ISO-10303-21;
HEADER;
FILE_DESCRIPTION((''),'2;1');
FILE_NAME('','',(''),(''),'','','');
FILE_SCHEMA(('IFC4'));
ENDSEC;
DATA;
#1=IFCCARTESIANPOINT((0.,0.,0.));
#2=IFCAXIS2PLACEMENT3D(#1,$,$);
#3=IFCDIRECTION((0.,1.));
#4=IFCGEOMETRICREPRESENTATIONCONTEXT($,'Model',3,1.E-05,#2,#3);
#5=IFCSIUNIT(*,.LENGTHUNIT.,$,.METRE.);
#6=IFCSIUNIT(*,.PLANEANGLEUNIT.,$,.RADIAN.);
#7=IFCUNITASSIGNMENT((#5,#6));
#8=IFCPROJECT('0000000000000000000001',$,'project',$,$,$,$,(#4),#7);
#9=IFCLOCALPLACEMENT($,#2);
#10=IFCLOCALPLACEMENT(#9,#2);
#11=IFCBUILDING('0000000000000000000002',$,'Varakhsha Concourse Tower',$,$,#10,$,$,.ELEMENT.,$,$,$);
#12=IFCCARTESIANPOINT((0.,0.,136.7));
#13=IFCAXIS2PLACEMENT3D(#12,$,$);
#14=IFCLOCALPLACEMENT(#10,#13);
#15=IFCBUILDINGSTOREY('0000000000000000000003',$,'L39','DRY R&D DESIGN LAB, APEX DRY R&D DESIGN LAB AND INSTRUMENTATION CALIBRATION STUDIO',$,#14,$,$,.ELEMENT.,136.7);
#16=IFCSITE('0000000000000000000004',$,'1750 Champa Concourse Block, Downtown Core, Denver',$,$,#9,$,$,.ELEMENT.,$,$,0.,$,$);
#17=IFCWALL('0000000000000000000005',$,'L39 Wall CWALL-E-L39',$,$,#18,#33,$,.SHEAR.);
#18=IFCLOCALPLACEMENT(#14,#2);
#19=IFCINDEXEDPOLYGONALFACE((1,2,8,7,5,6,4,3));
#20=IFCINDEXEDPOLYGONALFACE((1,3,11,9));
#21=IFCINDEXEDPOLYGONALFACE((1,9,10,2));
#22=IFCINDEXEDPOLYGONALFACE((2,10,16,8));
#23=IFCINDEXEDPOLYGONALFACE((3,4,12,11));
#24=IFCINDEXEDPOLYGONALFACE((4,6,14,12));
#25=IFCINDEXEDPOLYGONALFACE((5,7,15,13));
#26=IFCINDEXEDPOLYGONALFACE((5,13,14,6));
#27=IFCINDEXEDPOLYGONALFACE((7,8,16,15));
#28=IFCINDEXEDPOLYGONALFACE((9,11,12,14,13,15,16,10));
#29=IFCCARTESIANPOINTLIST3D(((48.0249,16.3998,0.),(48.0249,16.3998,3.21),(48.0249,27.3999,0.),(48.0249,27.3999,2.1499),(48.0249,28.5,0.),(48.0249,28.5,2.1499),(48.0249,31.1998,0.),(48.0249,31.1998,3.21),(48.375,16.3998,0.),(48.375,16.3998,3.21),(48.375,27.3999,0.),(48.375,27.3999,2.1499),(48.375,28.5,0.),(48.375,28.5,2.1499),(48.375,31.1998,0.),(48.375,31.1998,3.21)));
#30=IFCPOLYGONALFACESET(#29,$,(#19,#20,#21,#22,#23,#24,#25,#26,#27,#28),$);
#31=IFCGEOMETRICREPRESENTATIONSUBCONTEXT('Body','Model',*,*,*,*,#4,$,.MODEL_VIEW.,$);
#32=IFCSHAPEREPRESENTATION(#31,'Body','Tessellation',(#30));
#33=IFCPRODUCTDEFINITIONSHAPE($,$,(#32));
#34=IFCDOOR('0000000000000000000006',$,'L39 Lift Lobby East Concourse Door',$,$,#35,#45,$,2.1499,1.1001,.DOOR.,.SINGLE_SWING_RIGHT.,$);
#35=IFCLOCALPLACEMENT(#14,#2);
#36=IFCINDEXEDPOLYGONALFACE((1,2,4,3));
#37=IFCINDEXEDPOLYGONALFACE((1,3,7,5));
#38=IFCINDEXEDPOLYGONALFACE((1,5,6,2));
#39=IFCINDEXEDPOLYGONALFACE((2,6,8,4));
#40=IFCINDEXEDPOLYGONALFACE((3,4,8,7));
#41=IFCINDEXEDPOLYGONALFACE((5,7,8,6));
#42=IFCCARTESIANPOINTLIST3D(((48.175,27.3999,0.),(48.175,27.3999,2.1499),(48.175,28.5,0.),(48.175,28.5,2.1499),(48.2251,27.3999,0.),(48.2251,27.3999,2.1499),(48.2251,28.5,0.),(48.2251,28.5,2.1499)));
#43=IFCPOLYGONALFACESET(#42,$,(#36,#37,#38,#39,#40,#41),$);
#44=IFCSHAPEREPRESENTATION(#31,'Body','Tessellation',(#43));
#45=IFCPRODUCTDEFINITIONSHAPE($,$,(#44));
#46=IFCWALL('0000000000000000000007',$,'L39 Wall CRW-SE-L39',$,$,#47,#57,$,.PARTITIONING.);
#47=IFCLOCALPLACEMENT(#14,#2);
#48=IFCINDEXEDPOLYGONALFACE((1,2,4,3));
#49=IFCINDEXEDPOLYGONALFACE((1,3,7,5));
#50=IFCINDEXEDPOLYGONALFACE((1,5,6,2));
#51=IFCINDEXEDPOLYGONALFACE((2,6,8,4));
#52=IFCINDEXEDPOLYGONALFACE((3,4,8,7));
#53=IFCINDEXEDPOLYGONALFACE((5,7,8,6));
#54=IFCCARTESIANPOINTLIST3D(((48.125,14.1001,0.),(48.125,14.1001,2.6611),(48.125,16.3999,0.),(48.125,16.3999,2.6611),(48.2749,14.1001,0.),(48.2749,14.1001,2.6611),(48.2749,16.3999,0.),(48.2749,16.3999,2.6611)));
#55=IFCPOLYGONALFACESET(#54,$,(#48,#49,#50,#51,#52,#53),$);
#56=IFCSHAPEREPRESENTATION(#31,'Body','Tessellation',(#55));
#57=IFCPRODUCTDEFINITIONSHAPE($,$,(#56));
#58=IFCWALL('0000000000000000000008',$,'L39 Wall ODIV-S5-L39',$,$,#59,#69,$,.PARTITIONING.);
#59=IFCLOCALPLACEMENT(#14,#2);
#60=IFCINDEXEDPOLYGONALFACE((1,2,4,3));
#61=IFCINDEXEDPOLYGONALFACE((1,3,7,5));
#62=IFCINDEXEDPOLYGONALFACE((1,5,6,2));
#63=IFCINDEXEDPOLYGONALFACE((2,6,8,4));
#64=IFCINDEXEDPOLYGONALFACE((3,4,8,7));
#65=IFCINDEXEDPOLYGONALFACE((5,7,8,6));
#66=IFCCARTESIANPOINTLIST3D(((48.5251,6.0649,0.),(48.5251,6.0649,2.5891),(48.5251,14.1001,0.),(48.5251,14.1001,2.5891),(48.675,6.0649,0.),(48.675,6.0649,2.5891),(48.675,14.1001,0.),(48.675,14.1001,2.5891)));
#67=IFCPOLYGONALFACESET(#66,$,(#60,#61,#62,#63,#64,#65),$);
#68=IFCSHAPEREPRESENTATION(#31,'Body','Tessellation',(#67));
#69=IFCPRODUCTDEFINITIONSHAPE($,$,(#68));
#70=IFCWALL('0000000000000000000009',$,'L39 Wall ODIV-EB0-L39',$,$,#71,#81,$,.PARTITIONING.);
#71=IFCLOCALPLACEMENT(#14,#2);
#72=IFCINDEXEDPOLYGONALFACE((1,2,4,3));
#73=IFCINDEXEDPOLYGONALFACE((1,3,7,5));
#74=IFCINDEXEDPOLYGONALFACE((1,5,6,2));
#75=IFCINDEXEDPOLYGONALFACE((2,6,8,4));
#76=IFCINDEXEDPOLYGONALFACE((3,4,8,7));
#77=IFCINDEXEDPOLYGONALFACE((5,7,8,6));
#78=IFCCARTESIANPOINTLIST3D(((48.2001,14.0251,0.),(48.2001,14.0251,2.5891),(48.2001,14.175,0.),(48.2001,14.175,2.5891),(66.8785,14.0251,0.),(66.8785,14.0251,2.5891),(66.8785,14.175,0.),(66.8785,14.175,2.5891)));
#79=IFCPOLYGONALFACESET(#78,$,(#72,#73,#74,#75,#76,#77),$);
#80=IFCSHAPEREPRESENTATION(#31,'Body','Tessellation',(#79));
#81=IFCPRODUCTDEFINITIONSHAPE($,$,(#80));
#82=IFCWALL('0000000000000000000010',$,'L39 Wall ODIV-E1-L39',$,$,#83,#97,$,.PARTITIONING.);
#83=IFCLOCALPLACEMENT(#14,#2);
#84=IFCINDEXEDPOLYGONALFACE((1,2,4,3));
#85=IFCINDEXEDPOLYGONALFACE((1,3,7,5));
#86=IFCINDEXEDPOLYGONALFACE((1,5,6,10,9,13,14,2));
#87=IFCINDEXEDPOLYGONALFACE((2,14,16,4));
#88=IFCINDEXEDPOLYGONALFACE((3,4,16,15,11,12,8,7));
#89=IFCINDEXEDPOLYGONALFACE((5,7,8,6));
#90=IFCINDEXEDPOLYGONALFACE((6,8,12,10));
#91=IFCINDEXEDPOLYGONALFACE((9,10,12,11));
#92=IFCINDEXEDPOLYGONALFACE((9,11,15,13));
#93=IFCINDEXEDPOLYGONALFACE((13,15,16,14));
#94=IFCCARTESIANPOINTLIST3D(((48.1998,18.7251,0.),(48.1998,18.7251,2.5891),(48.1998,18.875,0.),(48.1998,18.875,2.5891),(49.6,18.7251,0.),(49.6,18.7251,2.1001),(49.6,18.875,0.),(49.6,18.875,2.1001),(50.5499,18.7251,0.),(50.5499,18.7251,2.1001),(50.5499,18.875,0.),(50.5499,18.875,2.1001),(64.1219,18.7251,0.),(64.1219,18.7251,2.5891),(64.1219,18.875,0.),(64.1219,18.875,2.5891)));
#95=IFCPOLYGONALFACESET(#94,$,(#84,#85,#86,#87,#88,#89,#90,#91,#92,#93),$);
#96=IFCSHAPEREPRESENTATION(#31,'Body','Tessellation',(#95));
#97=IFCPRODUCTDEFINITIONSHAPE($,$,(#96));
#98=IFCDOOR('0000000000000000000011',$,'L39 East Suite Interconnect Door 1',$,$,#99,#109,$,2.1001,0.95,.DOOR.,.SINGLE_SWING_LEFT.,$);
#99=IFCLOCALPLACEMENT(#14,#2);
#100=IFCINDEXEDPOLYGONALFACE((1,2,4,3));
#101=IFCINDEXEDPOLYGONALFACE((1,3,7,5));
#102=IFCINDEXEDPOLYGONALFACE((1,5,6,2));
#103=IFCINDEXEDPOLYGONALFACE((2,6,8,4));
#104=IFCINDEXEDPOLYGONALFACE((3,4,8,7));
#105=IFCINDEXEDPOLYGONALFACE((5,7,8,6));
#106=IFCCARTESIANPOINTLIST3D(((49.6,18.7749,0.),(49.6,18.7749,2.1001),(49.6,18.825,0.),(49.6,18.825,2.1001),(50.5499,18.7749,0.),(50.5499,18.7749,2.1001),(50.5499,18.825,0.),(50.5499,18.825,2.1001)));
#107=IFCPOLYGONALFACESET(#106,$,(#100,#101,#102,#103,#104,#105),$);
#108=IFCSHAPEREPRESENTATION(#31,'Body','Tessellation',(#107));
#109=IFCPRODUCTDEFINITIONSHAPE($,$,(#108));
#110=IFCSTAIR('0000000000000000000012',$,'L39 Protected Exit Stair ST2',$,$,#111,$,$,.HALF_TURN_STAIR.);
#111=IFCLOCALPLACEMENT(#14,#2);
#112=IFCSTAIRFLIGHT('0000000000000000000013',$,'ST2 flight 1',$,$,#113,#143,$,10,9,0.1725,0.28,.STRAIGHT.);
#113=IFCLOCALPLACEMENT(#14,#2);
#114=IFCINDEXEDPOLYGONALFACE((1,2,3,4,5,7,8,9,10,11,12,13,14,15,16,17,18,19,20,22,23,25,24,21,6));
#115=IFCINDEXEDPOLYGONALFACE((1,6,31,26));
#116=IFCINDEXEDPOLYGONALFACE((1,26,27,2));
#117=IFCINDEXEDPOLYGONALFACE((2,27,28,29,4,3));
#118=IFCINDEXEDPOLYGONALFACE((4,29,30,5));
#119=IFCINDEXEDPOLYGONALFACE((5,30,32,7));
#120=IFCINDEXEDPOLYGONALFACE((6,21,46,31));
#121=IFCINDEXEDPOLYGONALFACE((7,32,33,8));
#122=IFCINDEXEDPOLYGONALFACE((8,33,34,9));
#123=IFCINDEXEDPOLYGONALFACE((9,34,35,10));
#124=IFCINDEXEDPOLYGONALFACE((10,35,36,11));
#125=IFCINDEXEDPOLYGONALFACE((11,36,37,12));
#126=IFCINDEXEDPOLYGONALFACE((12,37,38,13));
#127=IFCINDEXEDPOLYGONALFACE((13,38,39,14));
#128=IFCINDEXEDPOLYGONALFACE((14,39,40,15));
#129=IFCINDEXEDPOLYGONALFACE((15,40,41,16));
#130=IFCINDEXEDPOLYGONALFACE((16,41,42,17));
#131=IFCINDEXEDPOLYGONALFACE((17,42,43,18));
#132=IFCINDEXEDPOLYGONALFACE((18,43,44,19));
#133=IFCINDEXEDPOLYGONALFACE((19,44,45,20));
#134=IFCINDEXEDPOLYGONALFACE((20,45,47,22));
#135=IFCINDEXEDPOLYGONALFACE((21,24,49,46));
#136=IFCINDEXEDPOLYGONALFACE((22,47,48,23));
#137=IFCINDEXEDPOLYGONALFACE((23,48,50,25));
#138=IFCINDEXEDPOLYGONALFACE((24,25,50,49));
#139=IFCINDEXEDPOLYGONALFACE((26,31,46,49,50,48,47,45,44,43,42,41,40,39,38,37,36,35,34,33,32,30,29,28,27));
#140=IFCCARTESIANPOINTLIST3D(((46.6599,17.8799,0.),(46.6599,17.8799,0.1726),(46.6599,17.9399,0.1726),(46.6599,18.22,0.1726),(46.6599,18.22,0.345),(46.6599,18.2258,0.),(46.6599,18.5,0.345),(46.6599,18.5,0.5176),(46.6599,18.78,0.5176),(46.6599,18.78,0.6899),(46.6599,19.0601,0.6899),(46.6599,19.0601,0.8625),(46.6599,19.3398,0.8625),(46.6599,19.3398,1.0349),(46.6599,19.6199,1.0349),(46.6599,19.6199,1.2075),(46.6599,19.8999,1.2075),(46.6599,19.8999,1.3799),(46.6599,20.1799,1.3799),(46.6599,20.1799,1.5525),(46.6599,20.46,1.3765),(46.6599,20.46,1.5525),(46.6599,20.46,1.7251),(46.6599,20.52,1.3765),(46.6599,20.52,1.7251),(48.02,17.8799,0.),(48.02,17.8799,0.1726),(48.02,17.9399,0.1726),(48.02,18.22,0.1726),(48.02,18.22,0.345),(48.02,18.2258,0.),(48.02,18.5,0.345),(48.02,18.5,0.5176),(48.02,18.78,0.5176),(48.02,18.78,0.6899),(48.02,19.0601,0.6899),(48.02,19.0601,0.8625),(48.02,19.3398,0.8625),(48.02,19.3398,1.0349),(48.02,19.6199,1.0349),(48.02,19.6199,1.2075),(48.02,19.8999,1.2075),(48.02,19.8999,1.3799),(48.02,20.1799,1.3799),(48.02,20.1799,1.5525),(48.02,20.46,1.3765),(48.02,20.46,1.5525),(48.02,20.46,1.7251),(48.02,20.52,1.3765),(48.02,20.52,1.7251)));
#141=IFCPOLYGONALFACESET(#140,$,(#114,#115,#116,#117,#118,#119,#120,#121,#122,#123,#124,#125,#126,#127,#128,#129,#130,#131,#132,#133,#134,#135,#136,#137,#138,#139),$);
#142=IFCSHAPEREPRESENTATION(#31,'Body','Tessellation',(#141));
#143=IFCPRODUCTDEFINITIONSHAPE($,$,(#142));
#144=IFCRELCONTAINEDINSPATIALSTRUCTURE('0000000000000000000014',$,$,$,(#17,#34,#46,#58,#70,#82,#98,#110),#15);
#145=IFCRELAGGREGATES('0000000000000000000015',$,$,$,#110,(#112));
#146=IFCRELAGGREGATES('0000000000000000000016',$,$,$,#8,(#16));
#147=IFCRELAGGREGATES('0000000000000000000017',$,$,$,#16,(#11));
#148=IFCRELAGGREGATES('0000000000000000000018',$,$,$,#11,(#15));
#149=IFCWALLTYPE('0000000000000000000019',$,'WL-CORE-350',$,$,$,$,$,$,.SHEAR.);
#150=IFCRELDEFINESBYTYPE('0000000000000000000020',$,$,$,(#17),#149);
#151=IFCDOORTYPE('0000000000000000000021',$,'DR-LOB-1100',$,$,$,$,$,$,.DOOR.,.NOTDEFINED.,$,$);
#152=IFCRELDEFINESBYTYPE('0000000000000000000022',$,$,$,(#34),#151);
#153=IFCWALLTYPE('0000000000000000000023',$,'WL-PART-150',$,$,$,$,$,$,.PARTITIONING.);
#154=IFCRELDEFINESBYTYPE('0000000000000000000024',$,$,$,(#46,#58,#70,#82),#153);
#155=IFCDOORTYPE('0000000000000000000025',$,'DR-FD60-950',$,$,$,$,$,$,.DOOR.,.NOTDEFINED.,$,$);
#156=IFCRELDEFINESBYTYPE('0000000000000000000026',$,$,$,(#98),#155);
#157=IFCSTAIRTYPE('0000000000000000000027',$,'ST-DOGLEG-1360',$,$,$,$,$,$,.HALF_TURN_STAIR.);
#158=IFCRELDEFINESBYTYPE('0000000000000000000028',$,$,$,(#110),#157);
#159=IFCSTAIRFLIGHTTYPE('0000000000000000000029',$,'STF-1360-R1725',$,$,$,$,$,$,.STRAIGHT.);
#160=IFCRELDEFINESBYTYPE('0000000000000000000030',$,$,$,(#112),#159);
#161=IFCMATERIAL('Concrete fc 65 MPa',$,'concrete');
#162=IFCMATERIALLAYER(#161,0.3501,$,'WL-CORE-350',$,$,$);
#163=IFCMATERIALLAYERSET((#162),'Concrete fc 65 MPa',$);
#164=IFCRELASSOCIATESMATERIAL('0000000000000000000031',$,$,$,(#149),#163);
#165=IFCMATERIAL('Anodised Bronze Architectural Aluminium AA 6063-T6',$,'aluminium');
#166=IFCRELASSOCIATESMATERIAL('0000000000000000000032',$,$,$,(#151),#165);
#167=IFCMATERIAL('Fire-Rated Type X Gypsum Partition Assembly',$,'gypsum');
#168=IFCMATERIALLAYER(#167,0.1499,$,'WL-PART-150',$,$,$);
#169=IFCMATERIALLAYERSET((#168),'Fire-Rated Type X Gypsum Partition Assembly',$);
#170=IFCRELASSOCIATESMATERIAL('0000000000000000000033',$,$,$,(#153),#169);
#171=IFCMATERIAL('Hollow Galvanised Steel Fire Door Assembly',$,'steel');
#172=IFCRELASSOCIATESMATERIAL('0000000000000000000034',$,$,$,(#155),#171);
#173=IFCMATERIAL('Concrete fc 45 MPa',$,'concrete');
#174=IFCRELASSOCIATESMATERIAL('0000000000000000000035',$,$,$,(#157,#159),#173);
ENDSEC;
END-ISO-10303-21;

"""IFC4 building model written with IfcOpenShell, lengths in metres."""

from ifc_helpers import new_model, si_unit, direction, frame, frame_2d, origin, place, context, subcontext, project, spatial, polyline, rectangle, outline, extrude, material, layer, layer_set, type_object, element, fill, aggregate, save


model = new_model("IFC4")

# Units and contexts
model_context = context("Model", 3, precision=1e-05, world=origin(), true_north=direction((0.0, 1.0)))
body_context = subcontext(model_context, "Body", "Model", "MODEL_VIEW")
ifc_project = project(units=[si_unit("LENGTHUNIT", "METRE"), si_unit("PLANEANGLEUNIT", "RADIAN")], contexts=[model_context])

# Site, building, storey
site_placement = place(None, origin())
site = spatial("IfcSite", under=ifc_project, at=site_placement, Name="1750 Champa Concourse Block, Downtown Core, Denver", CompositionType="ELEMENT", RefElevation=0.0)
building_placement = place(site_placement, origin())
building = spatial("IfcBuilding", under=site, at=building_placement, Name="Varakhsha Concourse Tower", CompositionType="ELEMENT")
storey_placement = place(building_placement, frame((0.0, 0.0, 136.7)))
storey = spatial("IfcBuildingStorey", under=building, at=storey_placement, Name="L39", Description="DRY R&D DESIGN LAB, APEX DRY R&D DESIGN LAB AND INSTRUMENTATION CALIBRATION STUDIO", CompositionType="ELEMENT", Elevation=136.7)

# Shared definitions
ifc_material_1 = material(Name="Concrete fc 65 MPa", Category="concrete")

# Shared definitions
ifc_material_2 = material(Name="Anodised Bronze Architectural Aluminium AA 6063-T6", Category="aluminium")

# Wall, opening, door
ifc_layer_1 = layer(ifc_material_1, 0.3501, Name="WL-CORE-350")
ifc_layer_set_1 = layer_set([ifc_layer_1], Name="Concrete fc 65 MPa")
wall_type_1 = type_object("IfcWallType", Name="WL-CORE-350", PredefinedType="SHEAR", material=ifc_layer_set_1)
wall_1_placement = place(storey_placement, frame((48.2, 16.3999, 0.0), z_axis=(0.0, 0.0, 1.0), x_axis=(0.0, 1.0, 0.0)))
wall_1 = element("IfcWall", 1, at=wall_1_placement, inside=storey, type_object=wall_type_1, Name="L39 Wall CWALL-E-L39", PredefinedType="SHEAR", context=body_context, shape_type="SweptSolid", body=[
    extrude(rectangle(XDim=14.8, YDim=0.3501, at=frame_2d((7.3999, 0.0))), origin(), (0.0, 0.0, 1.0), 3.21),
])
opening_1_placement = place(wall_1_placement, frame((11.0, 0.0, 0.0)))
opening_1 = element("IfcOpeningElement", 2, at=opening_1_placement, cuts=wall_1, PredefinedType="OPENING", context=body_context, shape_type="SweptSolid", body=[
    extrude(rectangle(XDim=1.1001, YDim=2.1499, at=frame_2d((0.55, 1.075))), frame((0.0, 0.1851, 0.0), z_axis=(0.0, -1.0, 0.0), x_axis=(1.0, 0.0, 0.0)), (0.0, 0.0, 1.0), 0.3701),
])
door_type_1 = type_object("IfcDoorType", Name="DR-LOB-1100", OperationType="NOTDEFINED", PredefinedType="DOOR", material=ifc_material_2)
door_1_placement = place(opening_1_placement, origin())
door_1 = element("IfcDoor", 3, at=door_1_placement, inside=storey, type_object=door_type_1, Name="L39 Lift Lobby East Concourse Door", OperationType="SINGLE_SWING_RIGHT", OverallHeight=2.1499, OverallWidth=1.1001, PredefinedType="DOOR", context=body_context, shape_type="SweptSolid", body=[
    extrude(rectangle(XDim=1.1001, YDim=2.1499, at=frame_2d((0.55, 1.075))), frame((0.0, 0.0249, 0.0), z_axis=(0.0, -1.0, 0.0), x_axis=(1.0, 0.0, 0.0)), (0.0, 0.0, 1.0), 0.05),
])
fill(opening_1, door_1)

# Walls
ifc_material_3 = material(Name="Fire-Rated Type X Gypsum Partition Assembly", Category="gypsum")
ifc_layer_2 = layer(ifc_material_3, 0.1499, Name="WL-PART-150")
ifc_layer_set_2 = layer_set([ifc_layer_2], Name="Fire-Rated Type X Gypsum Partition Assembly")
wall_type_2 = type_object("IfcWallType", Name="WL-PART-150", PredefinedType="PARTITIONING", material=ifc_layer_set_2)
wall_2_placement = place(storey_placement, frame((48.2, 14.1001, 0.0), z_axis=(0.0, 0.0, 1.0), x_axis=(0.0, 1.0, 0.0)))
element("IfcWall", 4, at=wall_2_placement, inside=storey, type_object=wall_type_2, Name="L39 Wall CRW-SE-L39", PredefinedType="PARTITIONING", context=body_context, shape_type="SweptSolid", body=[
    extrude(rectangle(XDim=2.2998, YDim=0.1499, at=frame_2d((1.1499, 0.0))), origin(), (0.0, 0.0, 1.0), 2.6611),
])
wall_3_placement = place(storey_placement, frame((48.6001, 6.0649, 0.0), z_axis=(0.0, 0.0, 1.0), x_axis=(0.0, 1.0, 0.0)))
element("IfcWall", 5, at=wall_3_placement, inside=storey, type_object=wall_type_2, Name="L39 Wall ODIV-S5-L39", PredefinedType="PARTITIONING", context=body_context, shape_type="SweptSolid", body=[
    extrude(rectangle(XDim=8.0352, YDim=0.1499, at=frame_2d((4.0176, 0.0))), origin(), (0.0, 0.0, 1.0), 2.5891),
])
wall_4_placement = place(storey_placement, frame((48.2, 14.1001, 0.0), z_axis=(0.0, 0.0, 1.0), x_axis=(1.0, 0.0, 0.0)))
element("IfcWall", 6, at=wall_4_placement, inside=storey, type_object=wall_type_2, Name="L39 Wall ODIV-EB0-L39", PredefinedType="PARTITIONING", context=body_context, shape_type="SweptSolid", body=[
    extrude(rectangle(XDim=18.6785, YDim=0.1499, at=frame_2d((9.3394, 0.0))), origin(), (0.0, 0.0, 1.0), 2.5891),
])

# Wall, opening, door
wall_5_placement = place(storey_placement, frame((48.2, 18.8, 0.0), z_axis=(0.0, 0.0, 1.0), x_axis=(1.0, 0.0, 0.0)))
wall_5 = element("IfcWall", 7, at=wall_5_placement, inside=storey, type_object=wall_type_2, Name="L39 Wall ODIV-E1-L39", PredefinedType="PARTITIONING", context=body_context, shape_type="SweptSolid", body=[
    extrude(rectangle(XDim=15.9221, YDim=0.1499, at=frame_2d((7.9609, 0.0))), origin(), (0.0, 0.0, 1.0), 2.5891),
])
opening_2_placement = place(wall_5_placement, frame((1.3999, 0.0, 0.0)))
opening_2 = element("IfcOpeningElement", 8, at=opening_2_placement, cuts=wall_5, PredefinedType="OPENING", context=body_context, shape_type="SweptSolid", body=[
    extrude(rectangle(XDim=0.95, YDim=2.1001, at=frame_2d((0.4751, 1.05))), frame((0.0, 0.085, 0.0), z_axis=(0.0, -1.0, 0.0), x_axis=(1.0, 0.0, 0.0)), (0.0, 0.0, 1.0), 0.1699),
])
ifc_material_4 = material(Name="Hollow Galvanised Steel Fire Door Assembly", Category="steel")
door_type_2 = type_object("IfcDoorType", Name="DR-FD60-950", OperationType="NOTDEFINED", PredefinedType="DOOR", material=ifc_material_4)
door_2_placement = place(opening_2_placement, origin())
door_2 = element("IfcDoor", 9, at=door_2_placement, inside=storey, type_object=door_type_2, Name="L39 East Suite Interconnect Door 1", OperationType="SINGLE_SWING_LEFT", OverallHeight=2.1001, OverallWidth=0.95, PredefinedType="DOOR", context=body_context, shape_type="SweptSolid", body=[
    extrude(rectangle(XDim=0.95, YDim=2.1001, at=frame_2d((0.4751, 1.05))), frame((0.0, 0.0249, 0.0), z_axis=(0.0, -1.0, 0.0), x_axis=(1.0, 0.0, 0.0)), (0.0, 0.0, 1.0), 0.05),
])
fill(opening_2, door_2)

# Stair, stair flight
ifc_material_5 = material(Name="Concrete fc 45 MPa", Category="concrete")
stair_type = type_object("IfcStairType", Name="ST-DOGLEG-1360", PredefinedType="HALF_TURN_STAIR", material=ifc_material_5)
stair_placement = place(storey_placement, origin())
stair = element("IfcStair", 10, at=stair_placement, inside=storey, type_object=stair_type, Name="L39 Protected Exit Stair ST2", PredefinedType="HALF_TURN_STAIR")
stair_flight_type = type_object("IfcStairFlightType", Name="STF-1360-R1725", PredefinedType="STRAIGHT", material=ifc_material_5)
stair_flight_placement = place(storey_placement, frame((47.3401, 17.9399, 0.0), z_axis=(0.0, 0.0, 1.0), x_axis=(0.0, 1.0, 0.0)))
stair_flight = element("IfcStairFlight", 11, at=stair_flight_placement, type_object=stair_flight_type, Name="ST2 flight 1", NumberOfRisers=10, NumberOfTreads=9, PredefinedType="STRAIGHT", RiserHeight=0.1725, TreadLength=0.28, context=body_context, shape_type="SweptSolid", body=[
    extrude(outline(polyline([(-0.0601, 0.0), (-0.0601, 0.1726), (0.0, 0.1726), (0.28, 0.1726), (0.28, 0.345), (0.5601, 0.345), (0.5601, 0.5176), (0.8401, 0.5176), (0.8401, 0.6899), (1.1201, 0.6899), (1.1201, 0.8625), (1.3999, 0.8625), (1.3999, 1.0349), (1.6799, 1.0349), (1.6799, 1.2075), (1.96, 1.2075), (1.96, 1.3799), (2.24, 1.3799), (2.24, 1.5525), (2.52, 1.5525), (2.52, 1.7251), (2.5801, 1.7251), (2.5801, 1.3765), (2.52, 1.3765), (0.2859, 0.0), (-0.0601, 0.0)])), frame((0.0, 0.6802, 0.0), z_axis=(0.0, -1.0, 0.0), x_axis=(1.0, 0.0, 0.0)), (0.0, 0.0, 1.0), 1.3601),
])
aggregate(stair, [stair_flight])

save(model, "model.ifc")
